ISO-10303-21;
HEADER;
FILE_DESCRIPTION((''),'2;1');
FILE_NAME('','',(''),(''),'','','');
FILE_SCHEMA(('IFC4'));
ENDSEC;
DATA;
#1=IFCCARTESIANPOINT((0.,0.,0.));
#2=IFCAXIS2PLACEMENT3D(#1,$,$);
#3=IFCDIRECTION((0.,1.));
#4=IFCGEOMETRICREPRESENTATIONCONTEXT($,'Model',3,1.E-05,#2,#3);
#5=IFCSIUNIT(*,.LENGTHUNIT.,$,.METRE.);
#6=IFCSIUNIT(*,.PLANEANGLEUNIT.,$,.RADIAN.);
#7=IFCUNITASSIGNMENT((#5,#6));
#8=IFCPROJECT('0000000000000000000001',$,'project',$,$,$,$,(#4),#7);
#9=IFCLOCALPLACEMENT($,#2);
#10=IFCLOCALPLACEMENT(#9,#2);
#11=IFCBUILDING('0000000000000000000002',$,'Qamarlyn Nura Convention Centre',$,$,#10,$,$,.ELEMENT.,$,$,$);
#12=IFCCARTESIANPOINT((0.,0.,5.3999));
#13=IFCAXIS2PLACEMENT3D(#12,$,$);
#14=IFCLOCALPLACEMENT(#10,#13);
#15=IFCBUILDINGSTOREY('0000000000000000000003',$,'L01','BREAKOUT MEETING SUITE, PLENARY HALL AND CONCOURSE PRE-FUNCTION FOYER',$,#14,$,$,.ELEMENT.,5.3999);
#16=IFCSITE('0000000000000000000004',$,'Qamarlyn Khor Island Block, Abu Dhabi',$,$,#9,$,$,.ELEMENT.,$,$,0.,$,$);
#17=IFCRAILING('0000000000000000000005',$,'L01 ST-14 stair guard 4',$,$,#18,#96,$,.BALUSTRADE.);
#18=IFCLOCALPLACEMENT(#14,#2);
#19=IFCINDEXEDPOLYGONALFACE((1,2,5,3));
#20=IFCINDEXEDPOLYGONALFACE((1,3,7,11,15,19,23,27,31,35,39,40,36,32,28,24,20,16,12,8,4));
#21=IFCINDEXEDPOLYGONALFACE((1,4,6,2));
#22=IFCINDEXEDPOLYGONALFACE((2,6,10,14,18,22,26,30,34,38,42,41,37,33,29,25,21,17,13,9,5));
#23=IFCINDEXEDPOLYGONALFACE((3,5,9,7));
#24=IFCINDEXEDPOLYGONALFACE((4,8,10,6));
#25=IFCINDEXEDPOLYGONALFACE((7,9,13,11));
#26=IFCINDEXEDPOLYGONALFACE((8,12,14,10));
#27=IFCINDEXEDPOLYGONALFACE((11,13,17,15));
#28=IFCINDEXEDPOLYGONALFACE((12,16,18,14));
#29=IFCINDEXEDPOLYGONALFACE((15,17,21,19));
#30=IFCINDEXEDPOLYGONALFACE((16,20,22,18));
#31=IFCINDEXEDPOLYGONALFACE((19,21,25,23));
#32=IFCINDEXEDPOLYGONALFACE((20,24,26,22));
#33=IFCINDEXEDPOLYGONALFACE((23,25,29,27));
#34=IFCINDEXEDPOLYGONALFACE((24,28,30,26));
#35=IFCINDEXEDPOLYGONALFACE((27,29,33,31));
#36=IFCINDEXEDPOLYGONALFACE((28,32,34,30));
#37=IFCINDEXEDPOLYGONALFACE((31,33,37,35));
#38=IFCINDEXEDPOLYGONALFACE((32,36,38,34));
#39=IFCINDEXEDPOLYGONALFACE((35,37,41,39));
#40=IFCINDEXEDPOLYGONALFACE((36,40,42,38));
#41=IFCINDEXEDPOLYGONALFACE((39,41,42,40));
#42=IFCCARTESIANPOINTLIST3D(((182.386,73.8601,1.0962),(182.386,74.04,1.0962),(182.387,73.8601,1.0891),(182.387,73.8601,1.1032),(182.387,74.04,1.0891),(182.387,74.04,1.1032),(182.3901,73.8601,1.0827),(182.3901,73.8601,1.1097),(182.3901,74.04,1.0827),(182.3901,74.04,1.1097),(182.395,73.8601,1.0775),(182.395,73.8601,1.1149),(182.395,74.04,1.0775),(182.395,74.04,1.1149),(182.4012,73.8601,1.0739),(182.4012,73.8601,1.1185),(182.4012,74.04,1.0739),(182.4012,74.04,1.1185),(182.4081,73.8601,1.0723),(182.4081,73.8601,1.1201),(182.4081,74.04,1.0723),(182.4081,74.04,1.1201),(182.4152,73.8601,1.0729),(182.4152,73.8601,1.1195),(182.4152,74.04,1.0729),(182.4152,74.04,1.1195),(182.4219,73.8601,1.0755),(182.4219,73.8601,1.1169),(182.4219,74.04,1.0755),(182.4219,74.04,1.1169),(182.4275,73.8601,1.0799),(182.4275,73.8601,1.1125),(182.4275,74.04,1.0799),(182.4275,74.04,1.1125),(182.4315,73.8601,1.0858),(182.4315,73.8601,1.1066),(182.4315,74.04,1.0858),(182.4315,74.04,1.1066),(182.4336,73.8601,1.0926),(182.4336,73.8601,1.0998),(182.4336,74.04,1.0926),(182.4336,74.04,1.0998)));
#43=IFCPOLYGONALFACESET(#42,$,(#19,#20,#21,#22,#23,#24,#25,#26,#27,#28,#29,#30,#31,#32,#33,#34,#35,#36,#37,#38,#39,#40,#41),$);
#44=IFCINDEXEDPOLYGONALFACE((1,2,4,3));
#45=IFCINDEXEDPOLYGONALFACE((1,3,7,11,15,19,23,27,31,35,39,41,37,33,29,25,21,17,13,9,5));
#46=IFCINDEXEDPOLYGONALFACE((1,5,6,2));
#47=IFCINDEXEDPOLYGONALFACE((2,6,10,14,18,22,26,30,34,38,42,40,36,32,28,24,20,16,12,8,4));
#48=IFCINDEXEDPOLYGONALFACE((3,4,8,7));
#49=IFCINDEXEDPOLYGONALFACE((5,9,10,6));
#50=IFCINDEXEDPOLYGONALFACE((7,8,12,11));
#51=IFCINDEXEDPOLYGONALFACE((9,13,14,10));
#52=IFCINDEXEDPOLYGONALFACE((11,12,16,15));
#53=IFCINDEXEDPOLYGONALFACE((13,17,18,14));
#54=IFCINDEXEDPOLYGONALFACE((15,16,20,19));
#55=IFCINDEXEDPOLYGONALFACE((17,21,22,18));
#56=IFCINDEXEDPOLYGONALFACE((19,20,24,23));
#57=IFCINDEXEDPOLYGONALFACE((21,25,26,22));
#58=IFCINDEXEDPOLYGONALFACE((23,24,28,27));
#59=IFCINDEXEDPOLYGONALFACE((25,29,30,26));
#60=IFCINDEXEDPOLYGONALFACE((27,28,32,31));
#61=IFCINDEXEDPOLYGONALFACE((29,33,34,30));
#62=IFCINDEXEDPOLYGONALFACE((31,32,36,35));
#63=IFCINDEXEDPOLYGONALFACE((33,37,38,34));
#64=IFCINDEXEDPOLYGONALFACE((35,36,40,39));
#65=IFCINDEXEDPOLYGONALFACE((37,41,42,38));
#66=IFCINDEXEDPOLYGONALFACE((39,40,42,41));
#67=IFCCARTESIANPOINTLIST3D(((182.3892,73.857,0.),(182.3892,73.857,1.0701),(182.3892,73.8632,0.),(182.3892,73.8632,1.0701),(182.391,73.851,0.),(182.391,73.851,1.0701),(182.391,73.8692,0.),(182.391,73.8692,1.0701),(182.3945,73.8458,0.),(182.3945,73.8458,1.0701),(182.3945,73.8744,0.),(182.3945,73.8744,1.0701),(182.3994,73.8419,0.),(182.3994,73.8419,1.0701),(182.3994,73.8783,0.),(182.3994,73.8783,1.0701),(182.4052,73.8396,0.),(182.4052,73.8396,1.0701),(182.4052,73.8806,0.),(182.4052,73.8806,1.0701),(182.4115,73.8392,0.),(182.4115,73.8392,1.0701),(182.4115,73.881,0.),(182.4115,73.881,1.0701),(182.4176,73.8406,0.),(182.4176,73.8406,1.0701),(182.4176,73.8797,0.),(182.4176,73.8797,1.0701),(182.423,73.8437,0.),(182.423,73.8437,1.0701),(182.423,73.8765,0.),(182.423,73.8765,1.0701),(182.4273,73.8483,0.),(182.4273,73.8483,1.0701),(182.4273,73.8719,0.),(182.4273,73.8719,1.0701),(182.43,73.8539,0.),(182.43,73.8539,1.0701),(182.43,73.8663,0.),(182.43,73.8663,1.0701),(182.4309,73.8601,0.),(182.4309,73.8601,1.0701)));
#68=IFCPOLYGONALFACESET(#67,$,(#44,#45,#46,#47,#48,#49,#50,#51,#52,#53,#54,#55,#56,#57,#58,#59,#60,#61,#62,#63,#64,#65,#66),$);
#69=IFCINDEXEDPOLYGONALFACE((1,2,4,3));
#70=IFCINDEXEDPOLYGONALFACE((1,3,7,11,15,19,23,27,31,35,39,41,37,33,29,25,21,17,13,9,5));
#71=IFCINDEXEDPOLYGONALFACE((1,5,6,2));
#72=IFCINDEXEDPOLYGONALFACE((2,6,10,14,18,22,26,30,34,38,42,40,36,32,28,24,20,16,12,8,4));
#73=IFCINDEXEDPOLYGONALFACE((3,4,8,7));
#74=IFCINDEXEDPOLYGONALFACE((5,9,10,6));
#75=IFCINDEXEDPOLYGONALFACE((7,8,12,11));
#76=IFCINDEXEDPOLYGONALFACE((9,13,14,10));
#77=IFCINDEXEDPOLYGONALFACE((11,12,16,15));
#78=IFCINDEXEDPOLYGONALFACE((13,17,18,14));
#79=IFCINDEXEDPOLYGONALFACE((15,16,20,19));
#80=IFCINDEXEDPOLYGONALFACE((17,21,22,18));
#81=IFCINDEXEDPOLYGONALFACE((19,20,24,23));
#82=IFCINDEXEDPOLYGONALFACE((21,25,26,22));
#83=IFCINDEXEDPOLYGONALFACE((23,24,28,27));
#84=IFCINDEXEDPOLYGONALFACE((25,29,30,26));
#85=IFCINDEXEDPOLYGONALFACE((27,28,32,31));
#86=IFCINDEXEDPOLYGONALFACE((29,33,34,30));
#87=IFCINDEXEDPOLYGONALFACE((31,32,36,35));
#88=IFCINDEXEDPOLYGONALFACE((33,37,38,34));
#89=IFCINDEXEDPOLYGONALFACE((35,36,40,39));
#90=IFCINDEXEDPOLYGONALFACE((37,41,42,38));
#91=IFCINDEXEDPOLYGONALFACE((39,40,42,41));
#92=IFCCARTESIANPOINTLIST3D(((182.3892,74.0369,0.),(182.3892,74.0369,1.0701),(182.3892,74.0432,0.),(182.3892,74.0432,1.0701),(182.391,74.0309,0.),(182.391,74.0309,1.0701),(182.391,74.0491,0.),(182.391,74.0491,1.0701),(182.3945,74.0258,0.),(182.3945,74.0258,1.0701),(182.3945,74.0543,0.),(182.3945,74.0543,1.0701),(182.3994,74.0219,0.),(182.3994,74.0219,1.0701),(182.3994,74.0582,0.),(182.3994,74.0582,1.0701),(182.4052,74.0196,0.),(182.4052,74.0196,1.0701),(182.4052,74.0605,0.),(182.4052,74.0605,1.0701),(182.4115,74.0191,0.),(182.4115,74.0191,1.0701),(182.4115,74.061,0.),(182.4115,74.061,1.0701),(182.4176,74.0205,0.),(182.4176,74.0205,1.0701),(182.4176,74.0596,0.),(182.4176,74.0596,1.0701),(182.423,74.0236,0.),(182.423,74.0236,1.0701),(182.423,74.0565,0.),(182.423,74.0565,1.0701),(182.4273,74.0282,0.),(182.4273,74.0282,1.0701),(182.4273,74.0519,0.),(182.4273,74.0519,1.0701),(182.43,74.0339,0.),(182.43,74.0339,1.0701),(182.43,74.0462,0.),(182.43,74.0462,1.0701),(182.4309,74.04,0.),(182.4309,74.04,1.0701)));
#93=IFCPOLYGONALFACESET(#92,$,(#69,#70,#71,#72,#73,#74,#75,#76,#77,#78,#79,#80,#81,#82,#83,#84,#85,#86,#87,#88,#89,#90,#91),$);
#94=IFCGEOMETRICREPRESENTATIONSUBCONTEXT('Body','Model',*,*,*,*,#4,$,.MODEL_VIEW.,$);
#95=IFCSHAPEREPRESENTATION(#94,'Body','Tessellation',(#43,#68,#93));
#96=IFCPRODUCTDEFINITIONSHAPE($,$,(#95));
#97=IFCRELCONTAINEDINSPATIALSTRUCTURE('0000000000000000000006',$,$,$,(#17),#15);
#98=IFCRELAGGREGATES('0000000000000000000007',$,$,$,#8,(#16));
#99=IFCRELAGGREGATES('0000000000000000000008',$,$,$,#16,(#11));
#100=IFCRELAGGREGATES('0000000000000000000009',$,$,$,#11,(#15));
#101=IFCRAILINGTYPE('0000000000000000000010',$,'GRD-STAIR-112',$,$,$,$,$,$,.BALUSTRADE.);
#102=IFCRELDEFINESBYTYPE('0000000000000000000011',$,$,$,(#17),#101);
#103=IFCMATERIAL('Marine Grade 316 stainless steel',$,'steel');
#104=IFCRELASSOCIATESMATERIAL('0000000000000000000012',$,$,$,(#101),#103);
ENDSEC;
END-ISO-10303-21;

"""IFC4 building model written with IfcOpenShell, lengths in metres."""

from ifc_helpers import new_model, si_unit, direction, frame, origin, origin_2d, place, context, subcontext, project, spatial, circle, extrude, material, type_object, element, save


model = new_model("IFC4")

# Units and contexts
model_context = context("Model", 3, precision=1e-05, world=origin(), true_north=direction((0.0, 1.0)))
body_context = subcontext(model_context, "Body", "Model", "MODEL_VIEW")
ifc_project = project(units=[si_unit("LENGTHUNIT", "METRE"), si_unit("PLANEANGLEUNIT", "RADIAN")], contexts=[model_context])

# Site, building, storey
site_placement = place(None, origin())
site = spatial("IfcSite", under=ifc_project, at=site_placement, Name="Qamarlyn Khor Island Block, Abu Dhabi", CompositionType="ELEMENT", RefElevation=0.0)
building_placement = place(site_placement, origin())
building = spatial("IfcBuilding", under=site, at=building_placement, Name="Qamarlyn Nura Convention Centre", CompositionType="ELEMENT")
storey_placement = place(building_placement, frame((0.0, 0.0, 5.3999)))
storey = spatial("IfcBuildingStorey", under=building, at=storey_placement, Name="L01", Description="BREAKOUT MEETING SUITE, PLENARY HALL AND CONCOURSE PRE-FUNCTION FOYER", CompositionType="ELEMENT", Elevation=5.3999)

# Railing
ifc_material_1 = material(Name="Marine Grade 316 stainless steel", Category="steel")
railing_type = type_object("IfcRailingType", Name="GRD-STAIR-112", PredefinedType="BALUSTRADE", material=ifc_material_1)
railing_1_placement = place(storey_placement, frame((182.4099, 73.8601, 0.0)))
element("IfcRailing", 1, at=railing_1_placement, inside=storey, type_object=railing_type, Name="L01 ST-14 stair guard 4", PredefinedType="BALUSTRADE", context=body_context, shape_type="SweptSolid", body=[
    extrude(circle(Radius=0.0239, at=origin_2d()), frame((0.0, 0.0, 1.0962), z_axis=(0.0, 1.0, 0.0), x_axis=(-1.0, 0.0, 0.0)), (0.0, 0.0, 1.0), 0.1799),
    extrude(circle(Radius=0.021, at=origin_2d()), origin(), (0.0, 0.0, 1.0), 1.0701),
    extrude(circle(Radius=0.021, at=origin_2d()), frame((0.0, 0.1799, 0.0)), (0.0, 0.0, 1.0), 1.0701),
])

save(model, "model.ifc")
